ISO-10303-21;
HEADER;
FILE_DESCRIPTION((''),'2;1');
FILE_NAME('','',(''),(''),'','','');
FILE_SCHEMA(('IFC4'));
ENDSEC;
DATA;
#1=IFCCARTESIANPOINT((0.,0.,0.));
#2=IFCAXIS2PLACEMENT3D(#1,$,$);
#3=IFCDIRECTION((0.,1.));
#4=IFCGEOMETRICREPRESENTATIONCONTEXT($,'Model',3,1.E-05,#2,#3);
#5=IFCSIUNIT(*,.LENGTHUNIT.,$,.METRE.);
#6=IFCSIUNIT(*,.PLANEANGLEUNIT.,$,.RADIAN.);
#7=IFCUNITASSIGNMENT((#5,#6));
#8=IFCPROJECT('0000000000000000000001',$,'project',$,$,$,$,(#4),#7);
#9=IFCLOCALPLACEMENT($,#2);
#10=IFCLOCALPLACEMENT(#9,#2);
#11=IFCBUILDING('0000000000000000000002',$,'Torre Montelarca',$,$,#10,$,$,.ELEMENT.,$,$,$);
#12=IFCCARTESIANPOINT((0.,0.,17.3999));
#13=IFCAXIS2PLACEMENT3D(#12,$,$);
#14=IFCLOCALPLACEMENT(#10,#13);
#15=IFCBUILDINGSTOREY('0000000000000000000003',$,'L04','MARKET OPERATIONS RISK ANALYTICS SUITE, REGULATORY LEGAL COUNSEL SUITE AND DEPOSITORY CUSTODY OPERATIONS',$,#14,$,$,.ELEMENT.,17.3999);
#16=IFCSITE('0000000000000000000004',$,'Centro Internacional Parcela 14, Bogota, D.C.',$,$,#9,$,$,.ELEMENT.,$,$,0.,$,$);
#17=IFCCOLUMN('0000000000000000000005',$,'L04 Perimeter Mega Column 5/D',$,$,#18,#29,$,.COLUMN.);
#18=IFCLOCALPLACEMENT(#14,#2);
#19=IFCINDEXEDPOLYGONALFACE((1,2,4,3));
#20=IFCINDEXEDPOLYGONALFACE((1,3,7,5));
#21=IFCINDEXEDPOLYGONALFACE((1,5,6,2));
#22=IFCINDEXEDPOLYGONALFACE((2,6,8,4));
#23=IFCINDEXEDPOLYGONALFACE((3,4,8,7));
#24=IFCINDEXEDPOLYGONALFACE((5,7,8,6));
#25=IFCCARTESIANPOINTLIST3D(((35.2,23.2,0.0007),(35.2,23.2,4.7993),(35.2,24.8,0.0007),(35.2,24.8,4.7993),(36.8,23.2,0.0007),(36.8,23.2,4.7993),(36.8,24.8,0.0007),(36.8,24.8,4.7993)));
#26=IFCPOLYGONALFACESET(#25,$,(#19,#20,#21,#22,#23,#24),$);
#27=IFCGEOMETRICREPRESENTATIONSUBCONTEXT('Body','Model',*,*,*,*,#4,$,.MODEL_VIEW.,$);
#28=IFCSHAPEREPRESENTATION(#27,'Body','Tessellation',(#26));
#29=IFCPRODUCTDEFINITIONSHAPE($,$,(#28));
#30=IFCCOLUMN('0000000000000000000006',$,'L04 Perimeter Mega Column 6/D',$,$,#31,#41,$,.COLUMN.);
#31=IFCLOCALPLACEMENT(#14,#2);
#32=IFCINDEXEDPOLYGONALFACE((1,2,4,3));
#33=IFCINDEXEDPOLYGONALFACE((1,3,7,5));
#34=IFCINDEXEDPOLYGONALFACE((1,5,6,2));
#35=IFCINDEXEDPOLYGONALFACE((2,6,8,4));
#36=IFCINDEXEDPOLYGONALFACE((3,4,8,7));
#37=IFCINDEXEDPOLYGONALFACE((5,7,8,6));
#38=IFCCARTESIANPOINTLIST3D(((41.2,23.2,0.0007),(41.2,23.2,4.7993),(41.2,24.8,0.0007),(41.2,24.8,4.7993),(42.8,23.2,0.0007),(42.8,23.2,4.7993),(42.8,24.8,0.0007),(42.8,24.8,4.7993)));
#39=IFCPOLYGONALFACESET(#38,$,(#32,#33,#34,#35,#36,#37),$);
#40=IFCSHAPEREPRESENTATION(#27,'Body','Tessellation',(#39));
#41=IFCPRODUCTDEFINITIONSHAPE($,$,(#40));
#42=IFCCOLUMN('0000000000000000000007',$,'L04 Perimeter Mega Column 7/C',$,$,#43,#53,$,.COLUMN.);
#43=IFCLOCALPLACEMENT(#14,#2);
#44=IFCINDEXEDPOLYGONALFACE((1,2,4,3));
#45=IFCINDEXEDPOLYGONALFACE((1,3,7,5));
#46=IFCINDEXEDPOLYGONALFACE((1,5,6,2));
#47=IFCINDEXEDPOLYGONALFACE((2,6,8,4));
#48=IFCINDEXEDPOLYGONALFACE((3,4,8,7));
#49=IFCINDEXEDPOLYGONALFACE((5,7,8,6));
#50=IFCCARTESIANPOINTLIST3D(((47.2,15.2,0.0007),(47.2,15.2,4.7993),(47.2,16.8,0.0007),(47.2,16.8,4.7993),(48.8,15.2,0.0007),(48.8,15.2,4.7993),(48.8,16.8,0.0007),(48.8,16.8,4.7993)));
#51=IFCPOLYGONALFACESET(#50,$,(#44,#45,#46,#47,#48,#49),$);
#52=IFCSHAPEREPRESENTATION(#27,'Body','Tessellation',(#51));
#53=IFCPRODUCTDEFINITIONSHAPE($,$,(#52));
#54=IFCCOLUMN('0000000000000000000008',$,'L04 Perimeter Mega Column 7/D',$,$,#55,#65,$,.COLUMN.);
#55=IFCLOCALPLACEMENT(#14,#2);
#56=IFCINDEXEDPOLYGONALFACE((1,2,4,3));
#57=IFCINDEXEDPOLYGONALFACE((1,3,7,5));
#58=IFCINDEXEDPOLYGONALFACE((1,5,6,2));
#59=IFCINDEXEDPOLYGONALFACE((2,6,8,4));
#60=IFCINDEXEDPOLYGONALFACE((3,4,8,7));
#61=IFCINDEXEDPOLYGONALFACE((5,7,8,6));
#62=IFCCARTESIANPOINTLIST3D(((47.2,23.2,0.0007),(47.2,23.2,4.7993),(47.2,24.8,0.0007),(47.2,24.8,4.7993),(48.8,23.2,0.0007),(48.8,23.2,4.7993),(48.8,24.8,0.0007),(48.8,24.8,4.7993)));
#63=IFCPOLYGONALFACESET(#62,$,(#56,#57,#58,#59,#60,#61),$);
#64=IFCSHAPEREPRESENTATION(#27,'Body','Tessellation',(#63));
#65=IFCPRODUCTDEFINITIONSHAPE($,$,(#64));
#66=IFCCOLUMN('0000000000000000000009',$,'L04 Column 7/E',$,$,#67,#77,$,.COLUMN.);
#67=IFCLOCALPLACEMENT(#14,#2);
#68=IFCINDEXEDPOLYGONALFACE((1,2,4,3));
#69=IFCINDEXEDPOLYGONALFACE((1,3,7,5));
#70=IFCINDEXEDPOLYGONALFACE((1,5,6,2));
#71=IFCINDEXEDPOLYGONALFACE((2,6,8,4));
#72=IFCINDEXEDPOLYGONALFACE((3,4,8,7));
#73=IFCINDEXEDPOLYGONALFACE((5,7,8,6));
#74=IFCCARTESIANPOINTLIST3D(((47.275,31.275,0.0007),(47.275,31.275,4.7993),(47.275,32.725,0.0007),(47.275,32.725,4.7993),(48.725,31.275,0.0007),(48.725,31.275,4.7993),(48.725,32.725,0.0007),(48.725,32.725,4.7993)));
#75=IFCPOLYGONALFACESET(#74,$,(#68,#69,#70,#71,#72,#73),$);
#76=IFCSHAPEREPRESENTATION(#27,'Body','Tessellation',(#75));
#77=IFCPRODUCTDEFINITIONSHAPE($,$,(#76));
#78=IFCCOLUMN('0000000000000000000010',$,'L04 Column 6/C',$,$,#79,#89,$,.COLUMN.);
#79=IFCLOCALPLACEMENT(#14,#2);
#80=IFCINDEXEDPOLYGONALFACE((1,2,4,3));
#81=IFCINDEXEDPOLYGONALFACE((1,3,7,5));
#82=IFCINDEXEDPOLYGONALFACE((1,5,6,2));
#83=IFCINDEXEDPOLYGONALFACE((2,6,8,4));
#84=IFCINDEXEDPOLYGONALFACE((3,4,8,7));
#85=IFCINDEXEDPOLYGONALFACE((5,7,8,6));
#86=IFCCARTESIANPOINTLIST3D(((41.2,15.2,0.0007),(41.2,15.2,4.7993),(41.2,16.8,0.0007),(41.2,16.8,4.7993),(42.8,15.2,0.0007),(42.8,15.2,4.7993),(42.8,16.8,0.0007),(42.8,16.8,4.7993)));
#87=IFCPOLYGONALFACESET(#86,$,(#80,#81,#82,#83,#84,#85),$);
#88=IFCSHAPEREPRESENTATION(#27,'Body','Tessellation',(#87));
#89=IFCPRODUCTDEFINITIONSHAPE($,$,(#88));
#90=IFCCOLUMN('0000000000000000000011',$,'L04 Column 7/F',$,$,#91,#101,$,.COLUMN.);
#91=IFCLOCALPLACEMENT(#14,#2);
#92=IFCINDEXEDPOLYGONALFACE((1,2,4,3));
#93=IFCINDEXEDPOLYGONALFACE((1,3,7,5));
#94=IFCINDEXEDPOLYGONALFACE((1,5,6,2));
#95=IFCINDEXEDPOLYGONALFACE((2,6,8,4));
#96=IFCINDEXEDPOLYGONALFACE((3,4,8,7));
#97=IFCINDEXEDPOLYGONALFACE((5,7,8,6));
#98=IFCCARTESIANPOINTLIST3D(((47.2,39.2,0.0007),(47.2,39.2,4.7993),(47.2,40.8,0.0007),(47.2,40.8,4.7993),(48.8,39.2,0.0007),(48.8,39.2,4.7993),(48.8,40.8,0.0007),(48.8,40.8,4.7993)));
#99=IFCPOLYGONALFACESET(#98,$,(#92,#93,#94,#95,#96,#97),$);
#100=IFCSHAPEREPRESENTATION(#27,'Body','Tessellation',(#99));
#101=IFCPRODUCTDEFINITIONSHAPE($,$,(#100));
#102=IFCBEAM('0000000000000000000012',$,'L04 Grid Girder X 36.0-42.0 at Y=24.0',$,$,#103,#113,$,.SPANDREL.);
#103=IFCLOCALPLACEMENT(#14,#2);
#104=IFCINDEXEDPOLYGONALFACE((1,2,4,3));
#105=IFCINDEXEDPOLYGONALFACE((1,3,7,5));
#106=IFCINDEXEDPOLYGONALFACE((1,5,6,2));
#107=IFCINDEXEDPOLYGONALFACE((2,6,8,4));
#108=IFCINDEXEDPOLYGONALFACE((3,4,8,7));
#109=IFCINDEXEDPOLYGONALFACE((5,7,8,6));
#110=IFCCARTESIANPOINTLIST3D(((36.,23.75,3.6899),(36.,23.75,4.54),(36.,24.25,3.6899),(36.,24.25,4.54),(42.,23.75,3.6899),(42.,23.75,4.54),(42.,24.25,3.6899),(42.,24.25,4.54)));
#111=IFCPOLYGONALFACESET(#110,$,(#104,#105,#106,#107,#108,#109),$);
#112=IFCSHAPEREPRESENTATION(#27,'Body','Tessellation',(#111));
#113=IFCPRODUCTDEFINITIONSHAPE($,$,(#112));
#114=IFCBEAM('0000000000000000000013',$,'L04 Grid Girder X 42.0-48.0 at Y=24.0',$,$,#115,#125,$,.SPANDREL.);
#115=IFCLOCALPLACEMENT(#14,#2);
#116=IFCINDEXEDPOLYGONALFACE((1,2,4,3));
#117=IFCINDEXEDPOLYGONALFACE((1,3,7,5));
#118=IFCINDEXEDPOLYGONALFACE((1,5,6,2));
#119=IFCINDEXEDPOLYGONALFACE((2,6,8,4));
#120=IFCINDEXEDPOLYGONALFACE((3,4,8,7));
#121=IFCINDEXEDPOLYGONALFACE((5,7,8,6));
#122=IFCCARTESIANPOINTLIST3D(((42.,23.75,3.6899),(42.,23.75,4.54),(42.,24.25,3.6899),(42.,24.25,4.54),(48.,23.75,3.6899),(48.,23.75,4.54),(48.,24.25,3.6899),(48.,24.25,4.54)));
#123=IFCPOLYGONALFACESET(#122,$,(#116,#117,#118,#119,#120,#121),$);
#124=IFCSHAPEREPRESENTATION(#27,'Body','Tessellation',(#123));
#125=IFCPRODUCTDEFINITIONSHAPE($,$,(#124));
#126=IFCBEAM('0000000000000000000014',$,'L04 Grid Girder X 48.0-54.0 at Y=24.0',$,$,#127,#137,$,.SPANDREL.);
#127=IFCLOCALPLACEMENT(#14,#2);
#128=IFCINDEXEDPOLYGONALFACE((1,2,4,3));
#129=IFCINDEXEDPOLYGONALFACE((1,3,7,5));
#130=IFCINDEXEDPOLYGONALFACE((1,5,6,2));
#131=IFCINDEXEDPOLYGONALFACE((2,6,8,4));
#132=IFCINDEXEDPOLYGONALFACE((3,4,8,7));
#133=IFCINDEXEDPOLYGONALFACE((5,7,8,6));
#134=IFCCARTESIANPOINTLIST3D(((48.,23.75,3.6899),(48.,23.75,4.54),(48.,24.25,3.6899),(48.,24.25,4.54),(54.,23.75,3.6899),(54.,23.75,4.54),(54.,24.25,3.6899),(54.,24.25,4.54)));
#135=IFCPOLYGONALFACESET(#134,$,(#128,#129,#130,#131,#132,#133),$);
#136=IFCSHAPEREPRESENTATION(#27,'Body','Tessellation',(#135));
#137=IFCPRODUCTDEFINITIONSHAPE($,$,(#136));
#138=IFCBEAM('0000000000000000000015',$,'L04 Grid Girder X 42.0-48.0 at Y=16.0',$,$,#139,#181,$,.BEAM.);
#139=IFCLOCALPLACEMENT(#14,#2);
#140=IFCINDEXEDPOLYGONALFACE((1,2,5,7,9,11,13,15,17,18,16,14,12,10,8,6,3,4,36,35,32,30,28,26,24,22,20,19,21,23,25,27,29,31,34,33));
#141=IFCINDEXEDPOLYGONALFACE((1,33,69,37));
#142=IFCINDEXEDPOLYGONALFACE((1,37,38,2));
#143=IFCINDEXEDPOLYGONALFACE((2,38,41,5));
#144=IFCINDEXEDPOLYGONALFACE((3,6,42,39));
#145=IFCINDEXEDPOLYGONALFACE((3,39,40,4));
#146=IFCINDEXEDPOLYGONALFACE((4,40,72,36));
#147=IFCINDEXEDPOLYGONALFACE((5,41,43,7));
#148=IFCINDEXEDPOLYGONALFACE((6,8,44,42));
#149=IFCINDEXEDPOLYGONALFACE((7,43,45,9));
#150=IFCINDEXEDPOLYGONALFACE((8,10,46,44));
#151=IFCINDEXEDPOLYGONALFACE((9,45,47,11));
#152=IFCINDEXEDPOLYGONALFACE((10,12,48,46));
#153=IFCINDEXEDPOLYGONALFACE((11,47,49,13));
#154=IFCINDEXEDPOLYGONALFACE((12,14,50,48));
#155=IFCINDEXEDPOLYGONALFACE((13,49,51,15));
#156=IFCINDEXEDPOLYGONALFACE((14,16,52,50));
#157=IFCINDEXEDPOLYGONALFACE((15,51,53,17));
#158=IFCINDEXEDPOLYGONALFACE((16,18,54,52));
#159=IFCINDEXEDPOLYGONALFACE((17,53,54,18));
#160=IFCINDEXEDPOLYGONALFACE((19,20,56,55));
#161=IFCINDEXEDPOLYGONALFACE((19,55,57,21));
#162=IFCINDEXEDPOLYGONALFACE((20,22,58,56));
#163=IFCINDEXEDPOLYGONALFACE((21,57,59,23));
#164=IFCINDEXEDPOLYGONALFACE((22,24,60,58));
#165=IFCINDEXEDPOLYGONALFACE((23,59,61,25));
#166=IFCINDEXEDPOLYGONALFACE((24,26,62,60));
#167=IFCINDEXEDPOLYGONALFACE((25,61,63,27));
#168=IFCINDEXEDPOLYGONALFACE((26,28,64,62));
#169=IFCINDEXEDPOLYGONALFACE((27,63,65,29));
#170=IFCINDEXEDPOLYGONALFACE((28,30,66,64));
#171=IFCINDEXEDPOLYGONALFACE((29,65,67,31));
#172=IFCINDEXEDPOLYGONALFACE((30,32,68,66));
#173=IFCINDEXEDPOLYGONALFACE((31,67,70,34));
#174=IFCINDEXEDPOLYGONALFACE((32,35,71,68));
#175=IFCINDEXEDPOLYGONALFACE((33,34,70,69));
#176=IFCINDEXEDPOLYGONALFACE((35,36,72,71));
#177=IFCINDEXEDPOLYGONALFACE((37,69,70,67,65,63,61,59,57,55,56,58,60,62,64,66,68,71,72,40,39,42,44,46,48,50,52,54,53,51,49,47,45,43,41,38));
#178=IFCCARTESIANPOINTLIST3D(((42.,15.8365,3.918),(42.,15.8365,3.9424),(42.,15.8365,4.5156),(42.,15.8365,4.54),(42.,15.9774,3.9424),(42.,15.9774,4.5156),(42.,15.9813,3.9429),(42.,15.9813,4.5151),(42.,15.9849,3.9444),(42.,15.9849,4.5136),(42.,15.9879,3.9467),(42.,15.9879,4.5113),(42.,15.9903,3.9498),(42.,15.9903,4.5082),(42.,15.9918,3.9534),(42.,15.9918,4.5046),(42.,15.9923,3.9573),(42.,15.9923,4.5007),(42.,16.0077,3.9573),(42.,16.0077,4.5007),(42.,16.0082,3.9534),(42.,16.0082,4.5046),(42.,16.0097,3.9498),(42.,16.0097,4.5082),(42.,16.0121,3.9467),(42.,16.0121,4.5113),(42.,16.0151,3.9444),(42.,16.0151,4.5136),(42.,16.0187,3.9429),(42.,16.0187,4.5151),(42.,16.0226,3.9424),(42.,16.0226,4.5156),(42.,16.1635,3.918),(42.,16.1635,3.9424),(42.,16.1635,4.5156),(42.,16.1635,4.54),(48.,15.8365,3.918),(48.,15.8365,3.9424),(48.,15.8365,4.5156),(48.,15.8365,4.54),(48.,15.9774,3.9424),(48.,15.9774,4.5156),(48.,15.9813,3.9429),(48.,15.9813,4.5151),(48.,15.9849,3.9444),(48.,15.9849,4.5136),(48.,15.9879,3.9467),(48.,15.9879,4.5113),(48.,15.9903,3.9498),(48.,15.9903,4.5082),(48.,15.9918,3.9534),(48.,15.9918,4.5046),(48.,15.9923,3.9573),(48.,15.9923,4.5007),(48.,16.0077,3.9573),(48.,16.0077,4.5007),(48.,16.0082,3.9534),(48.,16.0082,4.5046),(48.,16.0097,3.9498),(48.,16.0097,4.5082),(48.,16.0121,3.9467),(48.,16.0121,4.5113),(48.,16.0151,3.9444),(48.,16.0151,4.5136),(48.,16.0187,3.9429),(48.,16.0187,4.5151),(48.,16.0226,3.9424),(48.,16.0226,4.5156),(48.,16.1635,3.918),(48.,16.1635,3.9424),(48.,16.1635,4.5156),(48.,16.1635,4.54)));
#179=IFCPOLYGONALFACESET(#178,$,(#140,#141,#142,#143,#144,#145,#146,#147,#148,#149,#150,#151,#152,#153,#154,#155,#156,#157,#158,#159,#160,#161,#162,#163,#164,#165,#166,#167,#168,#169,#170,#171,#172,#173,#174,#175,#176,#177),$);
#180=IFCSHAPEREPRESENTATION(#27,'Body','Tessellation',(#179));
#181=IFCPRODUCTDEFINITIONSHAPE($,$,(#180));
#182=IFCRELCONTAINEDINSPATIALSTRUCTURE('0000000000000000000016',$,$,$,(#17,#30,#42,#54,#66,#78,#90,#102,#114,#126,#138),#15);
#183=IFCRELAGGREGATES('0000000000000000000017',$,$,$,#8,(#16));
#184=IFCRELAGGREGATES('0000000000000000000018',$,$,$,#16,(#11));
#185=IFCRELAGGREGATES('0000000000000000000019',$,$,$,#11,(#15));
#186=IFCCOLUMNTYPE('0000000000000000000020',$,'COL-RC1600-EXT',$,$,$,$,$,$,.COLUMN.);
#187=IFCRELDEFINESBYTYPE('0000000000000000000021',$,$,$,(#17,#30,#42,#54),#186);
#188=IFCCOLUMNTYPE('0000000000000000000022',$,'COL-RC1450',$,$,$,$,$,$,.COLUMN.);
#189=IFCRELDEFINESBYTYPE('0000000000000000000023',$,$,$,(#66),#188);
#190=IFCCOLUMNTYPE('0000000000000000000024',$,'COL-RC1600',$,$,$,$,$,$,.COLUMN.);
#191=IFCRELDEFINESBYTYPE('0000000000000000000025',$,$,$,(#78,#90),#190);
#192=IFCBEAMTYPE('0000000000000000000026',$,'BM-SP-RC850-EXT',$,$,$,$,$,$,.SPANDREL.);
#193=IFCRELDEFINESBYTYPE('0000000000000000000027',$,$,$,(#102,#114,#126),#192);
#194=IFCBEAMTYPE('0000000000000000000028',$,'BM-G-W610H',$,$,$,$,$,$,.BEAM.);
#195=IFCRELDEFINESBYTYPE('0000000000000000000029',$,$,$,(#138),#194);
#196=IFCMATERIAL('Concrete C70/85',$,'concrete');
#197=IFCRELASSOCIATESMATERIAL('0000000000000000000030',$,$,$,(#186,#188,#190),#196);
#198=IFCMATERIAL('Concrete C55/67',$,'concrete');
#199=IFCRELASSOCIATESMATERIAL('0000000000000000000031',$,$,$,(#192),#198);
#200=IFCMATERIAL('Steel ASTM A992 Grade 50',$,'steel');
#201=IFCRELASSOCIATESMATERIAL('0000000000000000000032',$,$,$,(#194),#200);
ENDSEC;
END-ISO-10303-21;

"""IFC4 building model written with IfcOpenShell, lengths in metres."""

from ifc_helpers import new_model, si_unit, direction, frame, origin, origin_2d, place, context, subcontext, project, spatial, rectangle, i_section, extrude, source, transform, mapped, material, material_profile, profile_set, type_object, element, save


model = new_model("IFC4")

# Units and contexts
model_context = context("Model", 3, precision=1e-05, world=origin(), true_north=direction((0.0, 1.0)))
body_context = subcontext(model_context, "Body", "Model", "MODEL_VIEW")
ifc_project = project(units=[si_unit("LENGTHUNIT", "METRE"), si_unit("PLANEANGLEUNIT", "RADIAN")], contexts=[model_context])

# Site, building, storey
site_placement = place(None, origin())
site = spatial("IfcSite", under=ifc_project, at=site_placement, Name="Centro Internacional Parcela 14, Bogota, D.C.", CompositionType="ELEMENT", RefElevation=0.0)
building_placement = place(site_placement, origin())
building = spatial("IfcBuilding", under=site, at=building_placement, Name="Torre Montelarca", CompositionType="ELEMENT")
storey_placement = place(building_placement, frame((0.0, 0.0, 17.3999)))
storey = spatial("IfcBuildingStorey", under=building, at=storey_placement, Name="L04", Description="MARKET OPERATIONS RISK ANALYTICS SUITE, REGULATORY LEGAL COUNSEL SUITE AND DEPOSITORY CUSTODY OPERATIONS", CompositionType="ELEMENT", Elevation=17.3999)

# Columns
ifc_material_1 = material(Name="Concrete C70/85", Category="concrete")
ifc_material_profile_1 = material_profile(ifc_material_1, rectangle(XDim=1.6001, YDim=1.6001, at=origin_2d()), Name="RC1600X1600", Category="concrete")
ifc_profile_set_1 = profile_set([ifc_material_profile_1], Name="Concrete C70/85")
column_type_1 = type_object("IfcColumnType", Name="COL-RC1600-EXT", PredefinedType="COLUMN", material=ifc_profile_set_1)
shared_shape_1 = source(origin(), body_context, "Body", "SweptSolid", [
    extrude(rectangle(XDim=1.6001, YDim=1.6001, at=origin_2d()), origin(), (0.0, 0.0, 1.0), 4.7986),
])
for number, where, z_axis, x_axis, name in (
    (1, (36.0, 24.0, 0.0007), (0.0, 0.0, 1.0), (1.0, 0.0, 0.0), "L04 Perimeter Mega Column 5/D"),
    (2, (42.0, 24.0, 0.0007), (0.0, 0.0, 1.0), (1.0, 0.0, 0.0), "L04 Perimeter Mega Column 6/D"),
    (3, (48.0, 16.0, 0.0007), (0.0, 0.0, 1.0), (1.0, 0.0, 0.0), "L04 Perimeter Mega Column 7/C"),
    (4, (48.0, 24.0, 0.0007), (0.0, 0.0, 1.0), (1.0, 0.0, 0.0), "L04 Perimeter Mega Column 7/D"),
):
    element("IfcColumn", number, at=place(storey_placement, frame(where, z_axis=z_axis, x_axis=x_axis)), inside=storey, type_object=column_type_1, Name=name, PredefinedType="COLUMN", context=body_context, shape_type="MappedRepresentation", body=[
        mapped(shared_shape_1, transform((0.0, 0.0, 0.0), scale=1.0)),
    ])
ifc_material_profile_2 = material_profile(ifc_material_1, rectangle(XDim=1.45, YDim=1.45, at=origin_2d()), Name="RC1450X1450", Category="concrete")
ifc_profile_set_2 = profile_set([ifc_material_profile_2], Name="Concrete C70/85")
column_type_2 = type_object("IfcColumnType", Name="COL-RC1450", PredefinedType="COLUMN", material=ifc_profile_set_2)
shared_shape_2 = source(origin(), body_context, "Body", "SweptSolid", [
    extrude(rectangle(XDim=1.45, YDim=1.45, at=origin_2d()), origin(), (0.0, 0.0, 1.0), 4.7986),
])
column_placement = place(storey_placement, frame((48.0, 32.0, 0.0007), z_axis=(0.0, 0.0, 1.0), x_axis=(1.0, 0.0, 0.0)))
element("IfcColumn", 5, at=column_placement, inside=storey, type_object=column_type_2, Name="L04 Column 7/E", PredefinedType="COLUMN", context=body_context, shape_type="MappedRepresentation", body=[
    mapped(shared_shape_2, transform((0.0, 0.0, 0.0), scale=1.0)),
])
ifc_material_profile_3 = material_profile(ifc_material_1, rectangle(XDim=1.6001, YDim=1.6001, at=origin_2d()), Name="RC1600X1600", Category="concrete")
ifc_profile_set_3 = profile_set([ifc_material_profile_3], Name="Concrete C70/85")
column_type_3 = type_object("IfcColumnType", Name="COL-RC1600", PredefinedType="COLUMN", material=ifc_profile_set_3)
shared_shape_3 = source(origin(), body_context, "Body", "SweptSolid", [
    extrude(rectangle(XDim=1.6001, YDim=1.6001, at=origin_2d()), origin(), (0.0, 0.0, 1.0), 4.7986),
])
for number, where, z_axis, x_axis, name in (
    (6, (42.0, 16.0, 0.0007), (0.0, 0.0, 1.0), (1.0, 0.0, 0.0), "L04 Column 6/C"),
    (7, (48.0, 40.0, 0.0007), (0.0, 0.0, 1.0), (1.0, 0.0, 0.0), "L04 Column 7/F"),
):
    element("IfcColumn", number, at=place(storey_placement, frame(where, z_axis=z_axis, x_axis=x_axis)), inside=storey, type_object=column_type_3, Name=name, PredefinedType="COLUMN", context=body_context, shape_type="MappedRepresentation", body=[
        mapped(shared_shape_3, transform((0.0, 0.0, 0.0), scale=1.0)),
    ])

# Beams
ifc_material_2 = material(Name="Concrete C55/67", Category="concrete")
ifc_material_profile_4 = material_profile(ifc_material_2, rectangle(XDim=0.5, YDim=0.8501, at=origin_2d()), Name="RCB500X850", Category="concrete")
ifc_profile_set_4 = profile_set([ifc_material_profile_4], Name="Concrete C55/67")
beam_type_1 = type_object("IfcBeamType", Name="BM-SP-RC850-EXT", PredefinedType="SPANDREL", material=ifc_profile_set_4)
shared_shape_4 = source(origin(), body_context, "Body", "SweptSolid", [
    extrude(rectangle(XDim=0.5, YDim=0.8501, at=origin_2d()), origin(), (0.0, 0.0, 1.0), 6.0),
])
for number, where, z_axis, x_axis, name in (
    (8, (36.0, 24.0, 4.115), (1.0, 0.0, 0.0), (0.0, 1.0, 0.0), "L04 Grid Girder X 36.0-42.0 at Y=24.0"),
    (9, (42.0, 24.0, 4.115), (1.0, 0.0, 0.0), (0.0, 1.0, 0.0), "L04 Grid Girder X 42.0-48.0 at Y=24.0"),
    (10, (48.0, 24.0, 4.115), (1.0, 0.0, 0.0), (0.0, 1.0, 0.0), "L04 Grid Girder X 48.0-54.0 at Y=24.0"),
):
    element("IfcBeam", number, at=place(storey_placement, frame(where, z_axis=z_axis, x_axis=x_axis)), inside=storey, type_object=beam_type_1, Name=name, PredefinedType="SPANDREL", context=body_context, shape_type="MappedRepresentation", body=[
        mapped(shared_shape_4, transform((0.0, 0.0, 0.0), scale=1.0)),
    ])
ifc_material_3 = material(Name="Steel ASTM A992 Grade 50", Category="steel")
ifc_material_profile_5 = material_profile(ifc_material_3, i_section(OverallWidth=0.3269, OverallDepth=0.6221, WebThickness=0.0154, FlangeThickness=0.0244, FilletRadius=0.0149, at=origin_2d()), Name="W610X195", Category="steel")
ifc_profile_set_5 = profile_set([ifc_material_profile_5], Name="Steel ASTM A992 Grade 50")
beam_type_2 = type_object("IfcBeamType", Name="BM-G-W610H", PredefinedType="BEAM", material=ifc_profile_set_5)
shared_shape_5 = source(origin(), body_context, "Body", "SweptSolid", [
    extrude(i_section(OverallWidth=0.3269, OverallDepth=0.6221, WebThickness=0.0154, FlangeThickness=0.0244, FilletRadius=0.0149, at=origin_2d()), origin(), (0.0, 0.0, 1.0), 6.0),
])
for number, where, z_axis, x_axis, name in (
    (11, (42.0, 16.0, 4.229), (1.0, 0.0, 0.0), (0.0, 1.0, 0.0), "L04 Grid Girder X 42.0-48.0 at Y=16.0"),
):
    element("IfcBeam", number, at=place(storey_placement, frame(where, z_axis=z_axis, x_axis=x_axis)), inside=storey, type_object=beam_type_2, Name=name, PredefinedType="BEAM", context=body_context, shape_type="MappedRepresentation", body=[
        mapped(shared_shape_5, transform((0.0, 0.0, 0.0), scale=1.0)),
    ])

save(model, "model.ifc")
